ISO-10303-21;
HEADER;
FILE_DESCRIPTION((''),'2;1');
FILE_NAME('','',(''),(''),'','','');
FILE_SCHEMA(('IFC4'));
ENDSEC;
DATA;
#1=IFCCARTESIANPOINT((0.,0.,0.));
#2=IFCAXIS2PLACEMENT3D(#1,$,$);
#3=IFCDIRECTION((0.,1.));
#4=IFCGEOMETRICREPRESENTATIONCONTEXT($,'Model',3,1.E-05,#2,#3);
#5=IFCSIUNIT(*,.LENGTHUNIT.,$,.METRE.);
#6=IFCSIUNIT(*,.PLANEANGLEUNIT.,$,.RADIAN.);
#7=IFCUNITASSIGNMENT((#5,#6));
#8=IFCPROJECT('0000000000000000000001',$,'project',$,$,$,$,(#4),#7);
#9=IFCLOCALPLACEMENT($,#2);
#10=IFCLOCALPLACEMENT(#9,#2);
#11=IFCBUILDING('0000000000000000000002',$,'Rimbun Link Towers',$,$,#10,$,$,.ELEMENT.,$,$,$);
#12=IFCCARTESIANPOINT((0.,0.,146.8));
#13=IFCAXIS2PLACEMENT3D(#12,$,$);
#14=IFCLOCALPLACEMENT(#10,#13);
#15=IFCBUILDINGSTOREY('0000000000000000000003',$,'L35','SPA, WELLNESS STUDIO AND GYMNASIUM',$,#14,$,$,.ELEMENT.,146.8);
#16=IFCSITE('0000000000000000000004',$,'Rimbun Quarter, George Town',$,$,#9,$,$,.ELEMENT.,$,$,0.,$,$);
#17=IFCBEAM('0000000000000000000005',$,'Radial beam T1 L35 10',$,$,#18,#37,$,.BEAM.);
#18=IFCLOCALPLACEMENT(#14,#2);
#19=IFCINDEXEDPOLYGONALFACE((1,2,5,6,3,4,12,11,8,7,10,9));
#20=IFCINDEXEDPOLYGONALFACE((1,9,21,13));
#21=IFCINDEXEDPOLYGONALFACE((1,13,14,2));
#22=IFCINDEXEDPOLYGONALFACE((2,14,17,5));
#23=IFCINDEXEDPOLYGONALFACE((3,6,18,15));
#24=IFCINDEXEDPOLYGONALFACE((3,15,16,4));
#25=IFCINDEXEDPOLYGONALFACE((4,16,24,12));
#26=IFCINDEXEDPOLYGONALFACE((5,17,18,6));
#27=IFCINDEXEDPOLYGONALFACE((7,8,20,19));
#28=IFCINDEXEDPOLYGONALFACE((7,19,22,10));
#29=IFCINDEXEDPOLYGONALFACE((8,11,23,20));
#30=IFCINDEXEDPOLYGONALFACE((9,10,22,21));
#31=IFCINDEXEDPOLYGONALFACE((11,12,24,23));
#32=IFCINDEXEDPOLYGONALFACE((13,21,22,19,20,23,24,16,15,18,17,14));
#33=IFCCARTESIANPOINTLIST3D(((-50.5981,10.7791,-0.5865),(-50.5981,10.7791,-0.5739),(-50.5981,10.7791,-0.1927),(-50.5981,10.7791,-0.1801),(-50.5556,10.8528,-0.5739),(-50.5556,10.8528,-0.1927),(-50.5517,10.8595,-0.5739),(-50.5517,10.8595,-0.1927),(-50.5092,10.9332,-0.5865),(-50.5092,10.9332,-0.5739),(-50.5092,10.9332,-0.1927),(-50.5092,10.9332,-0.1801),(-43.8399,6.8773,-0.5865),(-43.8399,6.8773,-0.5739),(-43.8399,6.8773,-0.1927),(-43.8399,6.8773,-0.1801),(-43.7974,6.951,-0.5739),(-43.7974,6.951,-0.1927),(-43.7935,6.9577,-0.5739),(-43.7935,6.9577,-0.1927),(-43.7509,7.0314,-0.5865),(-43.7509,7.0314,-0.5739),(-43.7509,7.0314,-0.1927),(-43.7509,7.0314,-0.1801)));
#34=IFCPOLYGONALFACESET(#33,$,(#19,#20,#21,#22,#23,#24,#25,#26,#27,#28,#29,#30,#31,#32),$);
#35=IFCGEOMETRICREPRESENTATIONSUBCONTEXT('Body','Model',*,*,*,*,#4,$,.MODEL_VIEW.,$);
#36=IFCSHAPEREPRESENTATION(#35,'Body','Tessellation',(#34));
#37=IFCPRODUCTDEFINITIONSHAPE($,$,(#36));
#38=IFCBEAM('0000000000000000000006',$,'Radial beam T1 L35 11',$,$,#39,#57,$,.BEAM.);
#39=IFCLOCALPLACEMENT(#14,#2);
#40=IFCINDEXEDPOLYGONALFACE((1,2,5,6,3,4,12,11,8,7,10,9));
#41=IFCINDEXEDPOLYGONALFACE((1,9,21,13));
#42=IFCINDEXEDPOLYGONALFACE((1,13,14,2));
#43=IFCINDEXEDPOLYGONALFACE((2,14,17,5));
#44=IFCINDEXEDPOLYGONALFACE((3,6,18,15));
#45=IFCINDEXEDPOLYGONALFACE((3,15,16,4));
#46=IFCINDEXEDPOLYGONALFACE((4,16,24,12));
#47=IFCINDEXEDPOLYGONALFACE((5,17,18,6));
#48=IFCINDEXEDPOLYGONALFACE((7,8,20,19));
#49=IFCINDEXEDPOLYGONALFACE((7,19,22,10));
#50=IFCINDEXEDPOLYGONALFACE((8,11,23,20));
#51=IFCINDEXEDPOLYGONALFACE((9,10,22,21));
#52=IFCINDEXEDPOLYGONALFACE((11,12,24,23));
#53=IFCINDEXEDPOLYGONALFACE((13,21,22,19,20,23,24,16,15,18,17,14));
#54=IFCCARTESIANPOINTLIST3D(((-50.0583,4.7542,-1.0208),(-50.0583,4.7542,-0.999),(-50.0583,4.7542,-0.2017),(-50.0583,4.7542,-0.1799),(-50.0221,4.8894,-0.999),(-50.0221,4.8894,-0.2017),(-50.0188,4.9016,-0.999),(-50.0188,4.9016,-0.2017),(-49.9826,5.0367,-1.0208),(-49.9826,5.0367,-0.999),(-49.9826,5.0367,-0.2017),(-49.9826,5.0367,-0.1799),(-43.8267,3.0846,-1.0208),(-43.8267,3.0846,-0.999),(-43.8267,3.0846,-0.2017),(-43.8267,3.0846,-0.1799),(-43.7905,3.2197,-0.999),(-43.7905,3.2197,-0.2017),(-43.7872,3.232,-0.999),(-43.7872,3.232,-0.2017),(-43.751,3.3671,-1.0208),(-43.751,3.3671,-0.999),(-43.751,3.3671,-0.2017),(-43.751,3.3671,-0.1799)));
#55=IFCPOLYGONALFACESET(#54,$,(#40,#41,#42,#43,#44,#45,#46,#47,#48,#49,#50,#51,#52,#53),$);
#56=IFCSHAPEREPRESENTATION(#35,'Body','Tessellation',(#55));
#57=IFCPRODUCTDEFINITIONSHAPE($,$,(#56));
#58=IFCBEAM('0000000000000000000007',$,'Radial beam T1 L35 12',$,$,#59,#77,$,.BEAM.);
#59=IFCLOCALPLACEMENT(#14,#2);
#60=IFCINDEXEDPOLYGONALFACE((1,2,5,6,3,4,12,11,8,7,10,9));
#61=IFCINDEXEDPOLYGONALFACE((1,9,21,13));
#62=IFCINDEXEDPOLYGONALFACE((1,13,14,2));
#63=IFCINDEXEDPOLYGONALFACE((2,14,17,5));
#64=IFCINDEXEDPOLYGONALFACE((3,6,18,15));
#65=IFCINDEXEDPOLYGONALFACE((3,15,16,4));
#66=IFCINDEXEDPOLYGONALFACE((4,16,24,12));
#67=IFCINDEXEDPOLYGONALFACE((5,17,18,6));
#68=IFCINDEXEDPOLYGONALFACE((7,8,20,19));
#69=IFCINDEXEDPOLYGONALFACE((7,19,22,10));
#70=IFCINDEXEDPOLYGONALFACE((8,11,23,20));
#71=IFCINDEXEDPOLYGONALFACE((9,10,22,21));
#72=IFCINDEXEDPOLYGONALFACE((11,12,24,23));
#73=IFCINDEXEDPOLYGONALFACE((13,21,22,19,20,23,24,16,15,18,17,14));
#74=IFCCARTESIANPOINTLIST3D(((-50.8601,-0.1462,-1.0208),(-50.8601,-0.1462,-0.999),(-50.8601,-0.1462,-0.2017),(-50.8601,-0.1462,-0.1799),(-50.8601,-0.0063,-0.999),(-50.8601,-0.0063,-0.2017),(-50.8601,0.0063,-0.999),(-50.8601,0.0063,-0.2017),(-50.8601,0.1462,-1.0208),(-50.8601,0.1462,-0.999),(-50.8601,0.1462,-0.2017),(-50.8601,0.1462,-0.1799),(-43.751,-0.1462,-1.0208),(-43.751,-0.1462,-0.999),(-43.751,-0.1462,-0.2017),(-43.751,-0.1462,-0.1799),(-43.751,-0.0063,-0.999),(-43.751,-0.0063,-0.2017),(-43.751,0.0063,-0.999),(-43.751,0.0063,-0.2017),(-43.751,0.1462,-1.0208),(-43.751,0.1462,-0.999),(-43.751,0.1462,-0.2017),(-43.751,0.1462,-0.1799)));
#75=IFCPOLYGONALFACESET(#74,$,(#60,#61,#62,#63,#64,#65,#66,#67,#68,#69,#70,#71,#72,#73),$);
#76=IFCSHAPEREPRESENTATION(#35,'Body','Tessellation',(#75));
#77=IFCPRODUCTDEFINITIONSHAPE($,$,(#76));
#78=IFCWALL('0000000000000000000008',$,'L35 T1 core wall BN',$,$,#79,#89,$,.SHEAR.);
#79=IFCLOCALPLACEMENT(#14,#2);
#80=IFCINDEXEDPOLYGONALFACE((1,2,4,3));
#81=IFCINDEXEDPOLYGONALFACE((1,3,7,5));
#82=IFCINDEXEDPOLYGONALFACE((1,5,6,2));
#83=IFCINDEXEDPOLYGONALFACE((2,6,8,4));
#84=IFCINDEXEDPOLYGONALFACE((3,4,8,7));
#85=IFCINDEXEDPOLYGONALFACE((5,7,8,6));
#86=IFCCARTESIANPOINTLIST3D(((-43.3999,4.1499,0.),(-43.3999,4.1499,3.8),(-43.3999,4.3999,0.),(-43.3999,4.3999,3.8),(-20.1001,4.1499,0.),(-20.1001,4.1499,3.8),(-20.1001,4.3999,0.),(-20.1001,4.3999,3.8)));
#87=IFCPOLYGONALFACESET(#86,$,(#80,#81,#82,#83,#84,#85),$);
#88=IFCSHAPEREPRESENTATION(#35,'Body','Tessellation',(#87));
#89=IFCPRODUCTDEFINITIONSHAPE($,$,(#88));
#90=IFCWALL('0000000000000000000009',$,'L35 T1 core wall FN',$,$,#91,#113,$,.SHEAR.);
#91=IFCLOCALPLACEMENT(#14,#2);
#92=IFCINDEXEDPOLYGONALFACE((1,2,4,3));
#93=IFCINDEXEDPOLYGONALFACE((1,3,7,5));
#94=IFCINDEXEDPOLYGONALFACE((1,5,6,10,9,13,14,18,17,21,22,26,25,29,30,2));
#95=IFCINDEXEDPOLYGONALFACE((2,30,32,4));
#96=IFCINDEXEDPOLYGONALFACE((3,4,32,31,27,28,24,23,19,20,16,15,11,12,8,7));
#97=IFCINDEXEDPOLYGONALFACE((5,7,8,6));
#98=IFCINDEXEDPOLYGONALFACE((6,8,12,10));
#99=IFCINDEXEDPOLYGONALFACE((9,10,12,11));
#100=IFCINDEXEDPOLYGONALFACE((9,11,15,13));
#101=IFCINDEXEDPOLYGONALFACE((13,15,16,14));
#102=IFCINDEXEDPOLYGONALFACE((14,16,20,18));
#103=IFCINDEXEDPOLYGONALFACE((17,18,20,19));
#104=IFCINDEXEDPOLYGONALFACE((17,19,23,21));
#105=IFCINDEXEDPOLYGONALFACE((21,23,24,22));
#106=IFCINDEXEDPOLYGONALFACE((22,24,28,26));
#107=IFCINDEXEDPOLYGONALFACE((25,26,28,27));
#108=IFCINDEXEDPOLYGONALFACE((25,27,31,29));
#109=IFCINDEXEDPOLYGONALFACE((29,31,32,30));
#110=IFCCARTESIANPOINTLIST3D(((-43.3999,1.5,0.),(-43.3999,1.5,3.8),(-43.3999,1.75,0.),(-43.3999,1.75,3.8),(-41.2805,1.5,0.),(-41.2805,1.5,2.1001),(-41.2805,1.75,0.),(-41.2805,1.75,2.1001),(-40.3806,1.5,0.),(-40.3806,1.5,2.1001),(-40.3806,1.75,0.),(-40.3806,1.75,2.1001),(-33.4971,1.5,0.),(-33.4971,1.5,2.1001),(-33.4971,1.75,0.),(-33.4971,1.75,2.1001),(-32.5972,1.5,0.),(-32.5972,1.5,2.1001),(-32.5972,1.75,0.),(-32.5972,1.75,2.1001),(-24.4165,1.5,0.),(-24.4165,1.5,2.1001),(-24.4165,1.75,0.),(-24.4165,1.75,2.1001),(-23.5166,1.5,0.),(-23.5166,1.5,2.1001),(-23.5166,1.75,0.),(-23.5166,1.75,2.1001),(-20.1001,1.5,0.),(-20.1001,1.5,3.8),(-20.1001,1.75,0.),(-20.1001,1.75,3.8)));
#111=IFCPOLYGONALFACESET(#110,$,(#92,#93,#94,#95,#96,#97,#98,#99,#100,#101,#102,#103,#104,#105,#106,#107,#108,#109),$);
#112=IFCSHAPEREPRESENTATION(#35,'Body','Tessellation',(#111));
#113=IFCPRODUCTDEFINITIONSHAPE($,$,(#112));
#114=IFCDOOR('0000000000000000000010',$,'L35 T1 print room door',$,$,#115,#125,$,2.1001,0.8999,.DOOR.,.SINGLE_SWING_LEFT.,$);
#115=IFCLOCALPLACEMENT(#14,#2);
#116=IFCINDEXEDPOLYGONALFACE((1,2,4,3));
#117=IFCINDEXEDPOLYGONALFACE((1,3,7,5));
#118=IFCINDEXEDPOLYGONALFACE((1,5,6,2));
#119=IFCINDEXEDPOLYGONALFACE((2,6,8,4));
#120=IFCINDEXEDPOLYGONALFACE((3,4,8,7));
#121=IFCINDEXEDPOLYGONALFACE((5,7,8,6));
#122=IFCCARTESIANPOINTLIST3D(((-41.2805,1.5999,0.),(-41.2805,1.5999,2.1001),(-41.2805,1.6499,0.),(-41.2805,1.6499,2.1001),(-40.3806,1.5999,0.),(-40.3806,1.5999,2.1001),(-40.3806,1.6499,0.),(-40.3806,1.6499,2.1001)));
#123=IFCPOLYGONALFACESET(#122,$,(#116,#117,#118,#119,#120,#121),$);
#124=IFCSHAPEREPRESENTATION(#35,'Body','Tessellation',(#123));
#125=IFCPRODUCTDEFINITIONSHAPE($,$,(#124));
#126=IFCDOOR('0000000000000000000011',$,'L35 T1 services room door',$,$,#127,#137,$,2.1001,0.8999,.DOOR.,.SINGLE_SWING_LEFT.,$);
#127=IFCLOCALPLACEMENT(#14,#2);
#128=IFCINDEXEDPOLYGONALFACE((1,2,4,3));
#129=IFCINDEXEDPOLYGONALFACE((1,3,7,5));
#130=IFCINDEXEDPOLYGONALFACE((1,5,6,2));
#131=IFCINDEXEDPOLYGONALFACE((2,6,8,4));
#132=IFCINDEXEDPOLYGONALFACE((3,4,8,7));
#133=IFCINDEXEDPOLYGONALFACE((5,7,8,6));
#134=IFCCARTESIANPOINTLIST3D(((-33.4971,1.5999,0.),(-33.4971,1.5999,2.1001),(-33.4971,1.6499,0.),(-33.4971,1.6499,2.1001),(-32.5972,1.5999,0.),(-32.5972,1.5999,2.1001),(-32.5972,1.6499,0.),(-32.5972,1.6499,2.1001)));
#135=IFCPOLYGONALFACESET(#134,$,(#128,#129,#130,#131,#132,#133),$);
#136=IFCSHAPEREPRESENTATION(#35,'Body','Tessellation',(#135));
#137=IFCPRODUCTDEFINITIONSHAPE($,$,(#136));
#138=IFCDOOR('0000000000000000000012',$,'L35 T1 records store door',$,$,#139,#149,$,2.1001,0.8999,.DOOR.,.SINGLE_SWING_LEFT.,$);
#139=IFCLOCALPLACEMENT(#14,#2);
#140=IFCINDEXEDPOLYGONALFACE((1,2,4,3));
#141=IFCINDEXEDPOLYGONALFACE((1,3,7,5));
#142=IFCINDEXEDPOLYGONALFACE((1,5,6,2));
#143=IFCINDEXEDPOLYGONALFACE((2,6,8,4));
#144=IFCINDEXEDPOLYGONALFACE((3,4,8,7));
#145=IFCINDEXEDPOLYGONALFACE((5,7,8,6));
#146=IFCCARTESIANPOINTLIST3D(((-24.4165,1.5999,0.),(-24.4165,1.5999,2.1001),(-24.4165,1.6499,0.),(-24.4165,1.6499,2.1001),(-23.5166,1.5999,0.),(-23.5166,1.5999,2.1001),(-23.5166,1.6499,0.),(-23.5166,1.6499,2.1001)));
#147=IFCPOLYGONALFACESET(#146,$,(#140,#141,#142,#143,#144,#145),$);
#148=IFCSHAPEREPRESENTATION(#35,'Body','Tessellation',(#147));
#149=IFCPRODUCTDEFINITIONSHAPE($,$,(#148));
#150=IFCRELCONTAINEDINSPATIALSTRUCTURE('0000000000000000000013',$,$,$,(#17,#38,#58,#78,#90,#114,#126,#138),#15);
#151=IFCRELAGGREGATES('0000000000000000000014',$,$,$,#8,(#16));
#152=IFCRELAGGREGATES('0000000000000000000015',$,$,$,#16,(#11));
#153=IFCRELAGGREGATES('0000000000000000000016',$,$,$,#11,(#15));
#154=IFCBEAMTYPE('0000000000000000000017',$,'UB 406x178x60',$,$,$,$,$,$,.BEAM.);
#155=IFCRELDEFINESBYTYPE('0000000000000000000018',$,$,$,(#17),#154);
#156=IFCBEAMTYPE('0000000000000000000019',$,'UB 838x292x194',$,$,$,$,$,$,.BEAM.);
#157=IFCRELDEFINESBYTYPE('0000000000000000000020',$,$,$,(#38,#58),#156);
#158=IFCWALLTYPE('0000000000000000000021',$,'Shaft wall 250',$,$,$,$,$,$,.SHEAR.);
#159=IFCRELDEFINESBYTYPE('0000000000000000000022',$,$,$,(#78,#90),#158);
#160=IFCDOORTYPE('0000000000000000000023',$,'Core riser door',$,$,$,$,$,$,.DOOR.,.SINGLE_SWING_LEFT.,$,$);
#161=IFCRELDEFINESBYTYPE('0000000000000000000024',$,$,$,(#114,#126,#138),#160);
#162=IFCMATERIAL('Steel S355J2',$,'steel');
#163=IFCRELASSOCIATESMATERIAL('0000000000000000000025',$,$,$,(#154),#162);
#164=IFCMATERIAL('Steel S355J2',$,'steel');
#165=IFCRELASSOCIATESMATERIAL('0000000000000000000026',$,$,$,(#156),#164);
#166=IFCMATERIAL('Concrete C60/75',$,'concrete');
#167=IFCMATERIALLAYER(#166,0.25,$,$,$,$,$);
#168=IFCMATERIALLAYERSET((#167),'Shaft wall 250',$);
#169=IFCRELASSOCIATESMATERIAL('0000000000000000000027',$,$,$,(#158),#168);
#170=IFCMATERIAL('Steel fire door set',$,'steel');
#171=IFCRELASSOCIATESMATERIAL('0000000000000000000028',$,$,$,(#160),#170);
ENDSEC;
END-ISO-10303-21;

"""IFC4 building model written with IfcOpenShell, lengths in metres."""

from ifc_helpers import new_model, si_unit, direction, frame, frame_2d, origin, origin_2d, place, context, subcontext, project, spatial, rectangle, i_section, extrude, material, layer, layer_set, material_profile, profile_set, type_object, element, fill, save


model = new_model("IFC4")

# Units and contexts
model_context = context("Model", 3, precision=1e-05, world=origin(), true_north=direction((0.0, 1.0)))
body_context = subcontext(model_context, "Body", "Model", "MODEL_VIEW")
ifc_project = project(units=[si_unit("LENGTHUNIT", "METRE"), si_unit("PLANEANGLEUNIT", "RADIAN")], contexts=[model_context])

# Site, building, storey
site_placement = place(None, origin())
site = spatial("IfcSite", under=ifc_project, at=site_placement, Name="Rimbun Quarter, George Town", CompositionType="ELEMENT", RefElevation=0.0)
building_placement = place(site_placement, origin())
building = spatial("IfcBuilding", under=site, at=building_placement, Name="Rimbun Link Towers", CompositionType="ELEMENT")
storey_placement = place(building_placement, frame((0.0, 0.0, 146.8)))
storey = spatial("IfcBuildingStorey", under=building, at=storey_placement, Name="L35", Description="SPA, WELLNESS STUDIO AND GYMNASIUM", CompositionType="ELEMENT", Elevation=146.8)

# Beams
ifc_material_1 = material(Name="Steel S355J2", Category="steel")
ifc_material_profile_1 = material_profile(ifc_material_1, i_section(OverallWidth=0.178, OverallDepth=0.4065, WebThickness=0.0078, FlangeThickness=0.0127, at=origin_2d()), Name="UB 406x178x60")
ifc_profile_set_1 = profile_set([ifc_material_profile_1], Name="Steel S355J2")
beam_type_1 = type_object("IfcBeamType", Name="UB 406x178x60", PredefinedType="BEAM", material=ifc_profile_set_1)
beam_1_placement = place(storey_placement, frame((-43.7954, 6.9543, -0.3833), z_axis=(-0.866028, 0.499995, 0.0), x_axis=(-0.499995, -0.866028, 0.0)))
element("IfcBeam", 1, at=beam_1_placement, inside=storey, type_object=beam_type_1, Name="Radial beam T1 L35 10", PredefinedType="BEAM", context=body_context, shape_type="SweptSolid", body=[
    extrude(i_section(OverallWidth=0.178, OverallDepth=0.4065, WebThickness=0.0078, FlangeThickness=0.0127, at=origin_2d()), origin(), (0.0, 0.0, 1.0), 7.8037),
])
ifc_material_2 = material(Name="Steel S355J2", Category="steel")
ifc_material_profile_2 = material_profile(ifc_material_2, i_section(OverallWidth=0.2925, OverallDepth=0.8408, WebThickness=0.0127, FlangeThickness=0.0217, at=origin_2d()), Name="UB 838x292x194")
ifc_profile_set_2 = profile_set([ifc_material_profile_2], Name="Steel S355J2")
beam_type_2 = type_object("IfcBeamType", Name="UB 838x292x194", PredefinedType="BEAM", material=ifc_profile_set_2)
beam_2_placement = place(storey_placement, frame((-43.7888, 3.2258, -0.6003), z_axis=(-0.96593, 0.258805, 0.0), x_axis=(-0.258805, -0.96593, 0.0)))
element("IfcBeam", 2, at=beam_2_placement, inside=storey, type_object=beam_type_2, Name="Radial beam T1 L35 11", PredefinedType="BEAM", context=body_context, shape_type="SweptSolid", body=[
    extrude(i_section(OverallWidth=0.2925, OverallDepth=0.8408, WebThickness=0.0127, FlangeThickness=0.0217, at=origin_2d()), origin(), (0.0, 0.0, 1.0), 6.4514),
])
beam_3_placement = place(storey_placement, frame((-43.751, 0.0, -0.6003), z_axis=(-1.0, 0.0, 0.0), x_axis=(0.0, -1.0, 0.0)))
element("IfcBeam", 3, at=beam_3_placement, inside=storey, type_object=beam_type_2, Name="Radial beam T1 L35 12", PredefinedType="BEAM", context=body_context, shape_type="SweptSolid", body=[
    extrude(i_section(OverallWidth=0.2925, OverallDepth=0.8408, WebThickness=0.0127, FlangeThickness=0.0217, at=origin_2d()), origin(), (0.0, 0.0, 1.0), 7.1091),
])

# Wall
ifc_material_3 = material(Name="Concrete C60/75", Category="concrete")
ifc_layer = layer(ifc_material_3, 0.25)
ifc_layer_set = layer_set([ifc_layer], Name="Shaft wall 250")
wall_type = type_object("IfcWallType", Name="Shaft wall 250", PredefinedType="SHEAR", material=ifc_layer_set)
wall_1_placement = place(storey_placement, frame((-43.3999, 4.2749, 0.0), z_axis=(0.0, 0.0, 1.0), x_axis=(1.0, 0.0, 0.0)))
element("IfcWall", 4, at=wall_1_placement, inside=storey, type_object=wall_type, Name="L35 T1 core wall BN", PredefinedType="SHEAR", context=body_context, shape_type="SweptSolid", body=[
    extrude(rectangle(XDim=23.2998, YDim=0.25, at=frame_2d((11.6499, 0.0))), origin(), (0.0, 0.0, 1.0), 3.8),
])

# Wall, openings, doors
wall_2_placement = place(storey_placement, frame((-43.3999, 1.625, 0.0), z_axis=(0.0, 0.0, 1.0), x_axis=(1.0, 0.0, 0.0)))
wall_2 = element("IfcWall", 5, at=wall_2_placement, inside=storey, type_object=wall_type, Name="L35 T1 core wall FN", PredefinedType="SHEAR", context=body_context, shape_type="SweptSolid", body=[
    extrude(rectangle(XDim=23.2998, YDim=0.25, at=frame_2d((11.6499, 0.0))), origin(), (0.0, 0.0, 1.0), 3.8),
])
opening_1_placement = place(wall_2_placement, frame((2.1194, 0.0, 0.0)))
opening_1 = element("IfcOpeningElement", 6, at=opening_1_placement, cuts=wall_2, PredefinedType="OPENING", context=body_context, shape_type="SweptSolid", body=[
    extrude(rectangle(XDim=0.8999, YDim=2.1001, at=frame_2d((0.45, 1.05))), frame((0.0, 0.135, 0.0), z_axis=(0.0, -1.0, 0.0), x_axis=(1.0, 0.0, 0.0)), (0.0, 0.0, 1.0), 0.27),
])
opening_2_placement = place(wall_2_placement, frame((9.9028, 0.0, 0.0)))
opening_2 = element("IfcOpeningElement", 7, at=opening_2_placement, cuts=wall_2, PredefinedType="OPENING", context=body_context, shape_type="SweptSolid", body=[
    extrude(rectangle(XDim=0.8999, YDim=2.1001, at=frame_2d((0.45, 1.05))), frame((0.0, 0.135, 0.0), z_axis=(0.0, -1.0, 0.0), x_axis=(1.0, 0.0, 0.0)), (0.0, 0.0, 1.0), 0.27),
])
opening_3_placement = place(wall_2_placement, frame((18.9834, 0.0, 0.0)))
opening_3 = element("IfcOpeningElement", 8, at=opening_3_placement, cuts=wall_2, PredefinedType="OPENING", context=body_context, shape_type="SweptSolid", body=[
    extrude(rectangle(XDim=0.8999, YDim=2.1001, at=frame_2d((0.45, 1.05))), frame((0.0, 0.135, 0.0), z_axis=(0.0, -1.0, 0.0), x_axis=(1.0, 0.0, 0.0)), (0.0, 0.0, 1.0), 0.27),
])
ifc_material_4 = material(Name="Steel fire door set", Category="steel")
door_type_1 = type_object("IfcDoorType", Name="Core riser door", OperationType="SINGLE_SWING_LEFT", PredefinedType="DOOR", material=ifc_material_4)
door_1_placement = place(opening_1_placement, origin())
door_1 = element("IfcDoor", 9, at=door_1_placement, inside=storey, type_object=door_type_1, Name="L35 T1 print room door", OperationType="SINGLE_SWING_LEFT", OverallHeight=2.1001, OverallWidth=0.8999, PredefinedType="DOOR", context=body_context, shape_type="SweptSolid", body=[
    extrude(rectangle(XDim=0.8999, YDim=2.1001, at=frame_2d((0.45, 1.05))), frame((0.0, 0.0249, 0.0), z_axis=(0.0, -1.0, 0.0), x_axis=(1.0, 0.0, 0.0)), (0.0, 0.0, 1.0), 0.05),
])
fill(opening_1, door_1)
door_2_placement = place(opening_2_placement, origin())
door_2 = element("IfcDoor", 10, at=door_2_placement, inside=storey, type_object=door_type_1, Name="L35 T1 services room door", OperationType="SINGLE_SWING_LEFT", OverallHeight=2.1001, OverallWidth=0.8999, PredefinedType="DOOR", context=body_context, shape_type="SweptSolid", body=[
    extrude(rectangle(XDim=0.8999, YDim=2.1001, at=frame_2d((0.45, 1.05))), frame((0.0, 0.0249, 0.0), z_axis=(0.0, -1.0, 0.0), x_axis=(1.0, 0.0, 0.0)), (0.0, 0.0, 1.0), 0.05),
])
fill(opening_2, door_2)
door_3_placement = place(opening_3_placement, origin())
door_3 = element("IfcDoor", 11, at=door_3_placement, inside=storey, type_object=door_type_1, Name="L35 T1 records store door", OperationType="SINGLE_SWING_LEFT", OverallHeight=2.1001, OverallWidth=0.8999, PredefinedType="DOOR", context=body_context, shape_type="SweptSolid", body=[
    extrude(rectangle(XDim=0.8999, YDim=2.1001, at=frame_2d((0.45, 1.05))), frame((0.0, 0.0249, 0.0), z_axis=(0.0, -1.0, 0.0), x_axis=(1.0, 0.0, 0.0)), (0.0, 0.0, 1.0), 0.05),
])
fill(opening_3, door_3)

save(model, "model.ifc")
